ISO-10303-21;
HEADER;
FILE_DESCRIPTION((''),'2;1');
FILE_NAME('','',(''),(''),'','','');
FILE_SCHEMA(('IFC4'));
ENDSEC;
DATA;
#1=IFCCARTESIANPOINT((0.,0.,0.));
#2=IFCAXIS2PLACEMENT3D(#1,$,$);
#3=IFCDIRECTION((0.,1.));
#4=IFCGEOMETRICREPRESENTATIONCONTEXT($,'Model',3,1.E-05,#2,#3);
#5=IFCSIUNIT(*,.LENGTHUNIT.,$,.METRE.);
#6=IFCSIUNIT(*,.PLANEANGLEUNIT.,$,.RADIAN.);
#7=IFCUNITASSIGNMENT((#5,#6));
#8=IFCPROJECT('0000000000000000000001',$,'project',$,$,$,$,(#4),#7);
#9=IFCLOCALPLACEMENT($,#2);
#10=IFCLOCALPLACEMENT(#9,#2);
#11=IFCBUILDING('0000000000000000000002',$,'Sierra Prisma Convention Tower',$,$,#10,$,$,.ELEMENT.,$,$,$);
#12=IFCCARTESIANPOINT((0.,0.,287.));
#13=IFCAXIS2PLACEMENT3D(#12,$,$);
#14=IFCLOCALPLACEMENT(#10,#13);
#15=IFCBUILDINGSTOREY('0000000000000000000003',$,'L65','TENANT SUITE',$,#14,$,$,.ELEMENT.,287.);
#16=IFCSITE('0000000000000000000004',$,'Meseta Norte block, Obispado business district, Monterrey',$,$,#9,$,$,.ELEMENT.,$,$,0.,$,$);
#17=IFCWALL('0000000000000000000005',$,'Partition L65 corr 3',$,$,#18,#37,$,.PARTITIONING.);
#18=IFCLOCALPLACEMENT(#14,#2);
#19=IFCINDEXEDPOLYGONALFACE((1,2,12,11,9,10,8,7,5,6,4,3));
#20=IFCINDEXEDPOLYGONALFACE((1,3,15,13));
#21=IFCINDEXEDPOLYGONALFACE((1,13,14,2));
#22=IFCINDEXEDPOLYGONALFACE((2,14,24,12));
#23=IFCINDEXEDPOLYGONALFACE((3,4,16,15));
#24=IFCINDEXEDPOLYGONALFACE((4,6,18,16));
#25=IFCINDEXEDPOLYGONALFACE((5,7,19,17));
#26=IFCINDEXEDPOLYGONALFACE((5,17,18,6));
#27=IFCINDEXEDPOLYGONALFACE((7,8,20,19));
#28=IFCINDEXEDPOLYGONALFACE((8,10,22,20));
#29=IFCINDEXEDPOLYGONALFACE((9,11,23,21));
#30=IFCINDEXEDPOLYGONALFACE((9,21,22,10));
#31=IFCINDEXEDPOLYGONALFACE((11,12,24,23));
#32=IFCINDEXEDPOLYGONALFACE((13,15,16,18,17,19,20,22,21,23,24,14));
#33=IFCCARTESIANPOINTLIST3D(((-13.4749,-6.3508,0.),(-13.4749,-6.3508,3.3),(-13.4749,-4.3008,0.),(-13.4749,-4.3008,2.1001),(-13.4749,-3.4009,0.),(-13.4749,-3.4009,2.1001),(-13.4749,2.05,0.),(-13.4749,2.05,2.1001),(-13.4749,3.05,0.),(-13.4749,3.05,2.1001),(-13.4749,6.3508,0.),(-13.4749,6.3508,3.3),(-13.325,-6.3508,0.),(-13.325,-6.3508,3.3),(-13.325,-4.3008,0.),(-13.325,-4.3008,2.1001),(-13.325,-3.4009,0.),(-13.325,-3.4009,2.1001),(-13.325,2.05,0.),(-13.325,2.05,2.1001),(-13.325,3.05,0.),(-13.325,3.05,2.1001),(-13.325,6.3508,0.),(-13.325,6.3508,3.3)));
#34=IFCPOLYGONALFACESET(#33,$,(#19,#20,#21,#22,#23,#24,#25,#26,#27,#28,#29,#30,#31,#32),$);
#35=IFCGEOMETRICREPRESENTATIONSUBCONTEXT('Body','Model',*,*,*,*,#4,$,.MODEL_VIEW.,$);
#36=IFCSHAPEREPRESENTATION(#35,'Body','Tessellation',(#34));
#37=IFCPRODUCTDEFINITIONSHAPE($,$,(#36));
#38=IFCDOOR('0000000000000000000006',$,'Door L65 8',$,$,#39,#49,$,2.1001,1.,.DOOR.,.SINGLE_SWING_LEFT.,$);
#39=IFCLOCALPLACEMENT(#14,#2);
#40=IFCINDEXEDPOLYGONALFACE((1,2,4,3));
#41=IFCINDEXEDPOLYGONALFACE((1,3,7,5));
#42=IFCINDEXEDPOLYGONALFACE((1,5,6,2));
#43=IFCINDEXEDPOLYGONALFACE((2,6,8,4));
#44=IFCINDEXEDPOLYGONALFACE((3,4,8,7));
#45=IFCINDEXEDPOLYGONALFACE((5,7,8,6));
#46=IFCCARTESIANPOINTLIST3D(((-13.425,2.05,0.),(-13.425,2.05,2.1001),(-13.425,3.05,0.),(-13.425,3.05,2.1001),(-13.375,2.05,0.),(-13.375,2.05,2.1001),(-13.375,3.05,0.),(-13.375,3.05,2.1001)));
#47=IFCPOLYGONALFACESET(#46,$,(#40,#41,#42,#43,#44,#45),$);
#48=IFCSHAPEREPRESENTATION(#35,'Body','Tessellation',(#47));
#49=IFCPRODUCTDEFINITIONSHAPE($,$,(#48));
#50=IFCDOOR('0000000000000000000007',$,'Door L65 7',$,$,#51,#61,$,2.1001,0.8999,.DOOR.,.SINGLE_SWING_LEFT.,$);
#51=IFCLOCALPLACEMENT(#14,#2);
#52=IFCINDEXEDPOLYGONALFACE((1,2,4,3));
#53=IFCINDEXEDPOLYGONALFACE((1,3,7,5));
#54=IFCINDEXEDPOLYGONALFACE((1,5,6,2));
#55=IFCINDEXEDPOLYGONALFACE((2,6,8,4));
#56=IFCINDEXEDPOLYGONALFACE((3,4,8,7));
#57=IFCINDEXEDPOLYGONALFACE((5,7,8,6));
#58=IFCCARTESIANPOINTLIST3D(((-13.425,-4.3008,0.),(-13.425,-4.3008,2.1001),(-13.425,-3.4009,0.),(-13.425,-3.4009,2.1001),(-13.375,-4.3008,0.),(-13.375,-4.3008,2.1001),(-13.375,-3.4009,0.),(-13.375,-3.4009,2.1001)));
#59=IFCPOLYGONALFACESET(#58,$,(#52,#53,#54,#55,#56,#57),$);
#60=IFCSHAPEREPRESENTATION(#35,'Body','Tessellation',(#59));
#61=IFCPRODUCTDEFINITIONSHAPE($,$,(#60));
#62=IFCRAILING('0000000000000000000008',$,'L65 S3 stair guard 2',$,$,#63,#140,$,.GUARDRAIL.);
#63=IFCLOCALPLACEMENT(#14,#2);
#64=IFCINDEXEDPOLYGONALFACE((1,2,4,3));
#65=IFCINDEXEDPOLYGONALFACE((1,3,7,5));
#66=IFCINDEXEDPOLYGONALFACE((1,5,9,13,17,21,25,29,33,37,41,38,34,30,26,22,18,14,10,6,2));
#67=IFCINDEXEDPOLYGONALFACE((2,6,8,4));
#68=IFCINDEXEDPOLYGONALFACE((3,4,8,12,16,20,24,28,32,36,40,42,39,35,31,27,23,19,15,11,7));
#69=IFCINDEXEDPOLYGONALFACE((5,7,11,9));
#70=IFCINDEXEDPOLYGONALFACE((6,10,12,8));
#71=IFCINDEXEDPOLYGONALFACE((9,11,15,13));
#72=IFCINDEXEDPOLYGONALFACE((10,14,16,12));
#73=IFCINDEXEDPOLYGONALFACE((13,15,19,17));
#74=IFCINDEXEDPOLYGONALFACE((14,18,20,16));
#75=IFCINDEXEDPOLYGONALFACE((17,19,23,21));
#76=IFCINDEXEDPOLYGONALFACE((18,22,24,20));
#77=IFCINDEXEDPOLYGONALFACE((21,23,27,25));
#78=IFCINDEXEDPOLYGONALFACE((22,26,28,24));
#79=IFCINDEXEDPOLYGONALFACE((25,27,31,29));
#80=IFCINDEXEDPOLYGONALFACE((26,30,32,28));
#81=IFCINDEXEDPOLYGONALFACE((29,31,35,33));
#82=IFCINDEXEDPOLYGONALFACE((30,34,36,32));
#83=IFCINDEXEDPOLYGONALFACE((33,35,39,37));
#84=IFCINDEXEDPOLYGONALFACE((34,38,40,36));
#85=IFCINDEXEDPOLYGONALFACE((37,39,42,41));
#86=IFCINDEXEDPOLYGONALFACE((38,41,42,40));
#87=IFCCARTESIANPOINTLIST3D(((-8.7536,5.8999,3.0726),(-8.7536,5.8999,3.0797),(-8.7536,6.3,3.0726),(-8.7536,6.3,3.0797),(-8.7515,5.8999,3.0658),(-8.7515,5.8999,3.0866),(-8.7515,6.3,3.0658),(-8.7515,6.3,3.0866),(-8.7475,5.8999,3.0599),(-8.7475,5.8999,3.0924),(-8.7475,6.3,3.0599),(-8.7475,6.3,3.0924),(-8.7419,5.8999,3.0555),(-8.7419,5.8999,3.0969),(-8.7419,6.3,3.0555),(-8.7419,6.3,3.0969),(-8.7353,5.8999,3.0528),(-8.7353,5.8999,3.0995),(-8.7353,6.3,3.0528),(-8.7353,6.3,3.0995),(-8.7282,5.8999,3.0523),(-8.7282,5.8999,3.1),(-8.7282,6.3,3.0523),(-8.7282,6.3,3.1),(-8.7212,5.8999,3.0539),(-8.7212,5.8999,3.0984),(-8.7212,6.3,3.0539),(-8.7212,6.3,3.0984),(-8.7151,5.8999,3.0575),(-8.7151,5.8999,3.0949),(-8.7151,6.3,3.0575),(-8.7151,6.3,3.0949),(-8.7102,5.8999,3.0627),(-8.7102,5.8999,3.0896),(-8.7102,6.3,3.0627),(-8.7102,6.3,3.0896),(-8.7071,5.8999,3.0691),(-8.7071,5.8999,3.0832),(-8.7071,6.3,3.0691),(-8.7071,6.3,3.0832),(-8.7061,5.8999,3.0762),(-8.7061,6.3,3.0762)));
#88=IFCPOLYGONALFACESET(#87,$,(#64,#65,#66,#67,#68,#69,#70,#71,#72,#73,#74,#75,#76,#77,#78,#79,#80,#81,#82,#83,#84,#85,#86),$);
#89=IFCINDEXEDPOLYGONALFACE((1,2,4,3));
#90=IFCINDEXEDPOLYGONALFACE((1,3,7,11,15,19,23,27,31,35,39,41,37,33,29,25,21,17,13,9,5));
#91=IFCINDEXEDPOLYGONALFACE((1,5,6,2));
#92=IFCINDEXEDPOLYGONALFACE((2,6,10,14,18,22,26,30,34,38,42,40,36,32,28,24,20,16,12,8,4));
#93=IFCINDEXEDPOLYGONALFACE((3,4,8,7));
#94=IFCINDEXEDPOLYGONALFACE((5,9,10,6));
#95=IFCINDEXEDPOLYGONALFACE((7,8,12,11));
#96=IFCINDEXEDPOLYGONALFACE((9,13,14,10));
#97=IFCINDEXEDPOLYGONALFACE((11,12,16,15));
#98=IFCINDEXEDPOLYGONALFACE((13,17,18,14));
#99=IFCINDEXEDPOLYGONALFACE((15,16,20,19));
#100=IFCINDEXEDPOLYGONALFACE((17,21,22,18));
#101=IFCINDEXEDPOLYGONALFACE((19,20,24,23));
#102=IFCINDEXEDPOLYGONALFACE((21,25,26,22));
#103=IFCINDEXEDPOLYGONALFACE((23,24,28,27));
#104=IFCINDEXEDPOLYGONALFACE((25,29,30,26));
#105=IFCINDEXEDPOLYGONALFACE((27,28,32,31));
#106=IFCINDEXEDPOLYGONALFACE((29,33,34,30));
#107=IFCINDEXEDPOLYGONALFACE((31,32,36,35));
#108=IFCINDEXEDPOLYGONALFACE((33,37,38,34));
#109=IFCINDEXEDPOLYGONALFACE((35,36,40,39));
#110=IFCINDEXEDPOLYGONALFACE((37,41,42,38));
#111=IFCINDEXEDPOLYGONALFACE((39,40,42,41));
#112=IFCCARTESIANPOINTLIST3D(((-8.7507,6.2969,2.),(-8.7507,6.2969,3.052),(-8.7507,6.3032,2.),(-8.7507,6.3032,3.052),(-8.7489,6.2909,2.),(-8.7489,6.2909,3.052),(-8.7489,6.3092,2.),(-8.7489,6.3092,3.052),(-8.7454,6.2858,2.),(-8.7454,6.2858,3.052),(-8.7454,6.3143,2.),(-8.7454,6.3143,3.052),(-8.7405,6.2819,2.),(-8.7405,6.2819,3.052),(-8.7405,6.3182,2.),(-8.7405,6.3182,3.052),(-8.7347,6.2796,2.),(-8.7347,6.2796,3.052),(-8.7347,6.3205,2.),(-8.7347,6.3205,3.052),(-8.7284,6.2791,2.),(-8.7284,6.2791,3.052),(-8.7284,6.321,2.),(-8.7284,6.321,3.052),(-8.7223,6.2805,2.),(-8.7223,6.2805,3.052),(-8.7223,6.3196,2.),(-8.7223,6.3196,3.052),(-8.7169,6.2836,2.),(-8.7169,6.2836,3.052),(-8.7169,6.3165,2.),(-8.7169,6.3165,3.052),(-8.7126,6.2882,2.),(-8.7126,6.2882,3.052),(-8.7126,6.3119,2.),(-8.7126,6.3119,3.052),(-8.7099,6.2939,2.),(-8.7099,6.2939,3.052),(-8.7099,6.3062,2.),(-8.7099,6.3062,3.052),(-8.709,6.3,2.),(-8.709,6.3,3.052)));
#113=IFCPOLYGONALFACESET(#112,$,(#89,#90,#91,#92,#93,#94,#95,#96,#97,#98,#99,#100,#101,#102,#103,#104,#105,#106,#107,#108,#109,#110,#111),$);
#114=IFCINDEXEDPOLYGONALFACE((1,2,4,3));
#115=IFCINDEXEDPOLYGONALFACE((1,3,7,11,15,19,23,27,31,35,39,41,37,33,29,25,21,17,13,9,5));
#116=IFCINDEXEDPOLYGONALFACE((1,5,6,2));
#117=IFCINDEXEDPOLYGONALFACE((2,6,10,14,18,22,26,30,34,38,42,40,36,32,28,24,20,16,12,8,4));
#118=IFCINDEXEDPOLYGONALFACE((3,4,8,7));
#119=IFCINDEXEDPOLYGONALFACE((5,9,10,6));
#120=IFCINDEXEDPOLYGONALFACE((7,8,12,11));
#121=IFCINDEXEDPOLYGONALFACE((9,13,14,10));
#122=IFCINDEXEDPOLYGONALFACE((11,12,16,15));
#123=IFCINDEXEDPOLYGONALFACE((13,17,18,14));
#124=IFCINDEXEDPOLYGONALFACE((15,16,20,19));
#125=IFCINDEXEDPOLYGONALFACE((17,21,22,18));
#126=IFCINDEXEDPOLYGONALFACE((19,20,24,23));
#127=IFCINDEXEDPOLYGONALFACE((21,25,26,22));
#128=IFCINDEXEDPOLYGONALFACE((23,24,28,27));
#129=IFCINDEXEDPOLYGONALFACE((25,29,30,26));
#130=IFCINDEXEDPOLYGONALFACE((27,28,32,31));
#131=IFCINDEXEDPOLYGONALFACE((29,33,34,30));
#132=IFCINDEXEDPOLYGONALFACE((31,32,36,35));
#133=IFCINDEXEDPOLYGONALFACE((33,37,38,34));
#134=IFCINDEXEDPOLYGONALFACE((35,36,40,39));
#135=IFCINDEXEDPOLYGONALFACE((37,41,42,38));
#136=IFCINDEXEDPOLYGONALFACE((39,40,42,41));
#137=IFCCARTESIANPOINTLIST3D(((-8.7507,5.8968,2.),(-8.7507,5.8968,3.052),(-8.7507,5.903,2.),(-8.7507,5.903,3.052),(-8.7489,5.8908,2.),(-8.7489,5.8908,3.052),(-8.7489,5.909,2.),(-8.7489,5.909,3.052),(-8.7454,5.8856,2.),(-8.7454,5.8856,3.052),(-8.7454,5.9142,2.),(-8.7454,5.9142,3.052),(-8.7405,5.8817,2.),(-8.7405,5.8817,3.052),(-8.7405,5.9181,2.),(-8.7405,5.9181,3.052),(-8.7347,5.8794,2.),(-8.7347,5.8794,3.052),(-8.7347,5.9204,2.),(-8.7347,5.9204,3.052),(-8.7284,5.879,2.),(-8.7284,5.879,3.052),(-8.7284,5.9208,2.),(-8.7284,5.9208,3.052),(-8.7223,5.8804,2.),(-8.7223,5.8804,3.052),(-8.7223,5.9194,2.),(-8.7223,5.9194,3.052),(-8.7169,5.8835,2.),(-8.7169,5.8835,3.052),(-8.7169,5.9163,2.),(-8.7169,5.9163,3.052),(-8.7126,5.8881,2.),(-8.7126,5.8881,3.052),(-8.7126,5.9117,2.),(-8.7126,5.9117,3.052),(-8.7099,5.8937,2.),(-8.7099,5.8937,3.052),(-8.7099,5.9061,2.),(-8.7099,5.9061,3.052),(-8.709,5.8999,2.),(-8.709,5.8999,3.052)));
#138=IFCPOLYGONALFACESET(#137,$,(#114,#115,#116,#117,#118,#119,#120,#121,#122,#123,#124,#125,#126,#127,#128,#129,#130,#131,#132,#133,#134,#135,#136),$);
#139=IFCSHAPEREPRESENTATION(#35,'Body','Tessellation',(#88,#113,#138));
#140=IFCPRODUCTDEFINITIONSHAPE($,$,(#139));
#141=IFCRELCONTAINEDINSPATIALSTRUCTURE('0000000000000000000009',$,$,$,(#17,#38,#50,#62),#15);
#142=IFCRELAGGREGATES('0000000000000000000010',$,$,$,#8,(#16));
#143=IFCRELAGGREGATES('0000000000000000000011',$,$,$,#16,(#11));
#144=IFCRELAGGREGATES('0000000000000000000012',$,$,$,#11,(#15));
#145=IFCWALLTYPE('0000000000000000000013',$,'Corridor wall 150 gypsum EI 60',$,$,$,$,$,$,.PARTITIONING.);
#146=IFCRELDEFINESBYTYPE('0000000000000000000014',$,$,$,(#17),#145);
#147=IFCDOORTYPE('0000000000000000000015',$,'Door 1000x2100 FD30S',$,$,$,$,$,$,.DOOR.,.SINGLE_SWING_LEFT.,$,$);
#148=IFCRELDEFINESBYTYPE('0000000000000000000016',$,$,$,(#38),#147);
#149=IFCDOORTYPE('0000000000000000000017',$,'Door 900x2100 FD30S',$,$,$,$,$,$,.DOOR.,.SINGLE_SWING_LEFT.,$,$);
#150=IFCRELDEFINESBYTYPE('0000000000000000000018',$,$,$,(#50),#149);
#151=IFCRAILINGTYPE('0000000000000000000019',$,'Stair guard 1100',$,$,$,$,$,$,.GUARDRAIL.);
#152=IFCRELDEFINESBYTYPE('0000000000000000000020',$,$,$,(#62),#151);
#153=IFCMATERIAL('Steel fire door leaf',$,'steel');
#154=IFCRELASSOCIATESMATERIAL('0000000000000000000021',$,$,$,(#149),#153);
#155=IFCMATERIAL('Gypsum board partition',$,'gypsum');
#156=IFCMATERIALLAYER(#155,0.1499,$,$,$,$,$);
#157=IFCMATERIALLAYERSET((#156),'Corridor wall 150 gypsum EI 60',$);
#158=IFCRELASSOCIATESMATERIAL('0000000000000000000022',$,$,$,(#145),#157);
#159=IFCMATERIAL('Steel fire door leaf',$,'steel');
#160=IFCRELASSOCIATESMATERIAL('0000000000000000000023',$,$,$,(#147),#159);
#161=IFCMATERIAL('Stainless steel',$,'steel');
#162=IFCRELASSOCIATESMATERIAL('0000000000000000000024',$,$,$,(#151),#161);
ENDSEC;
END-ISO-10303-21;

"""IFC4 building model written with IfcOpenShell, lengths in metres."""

from ifc_helpers import new_model, si_unit, direction, frame, frame_2d, origin, origin_2d, place, context, subcontext, project, spatial, rectangle, circle, extrude, material, layer, layer_set, type_object, element, fill, save


model = new_model("IFC4")

# Units and contexts
model_context = context("Model", 3, precision=1e-05, world=origin(), true_north=direction((0.0, 1.0)))
body_context = subcontext(model_context, "Body", "Model", "MODEL_VIEW")
ifc_project = project(units=[si_unit("LENGTHUNIT", "METRE"), si_unit("PLANEANGLEUNIT", "RADIAN")], contexts=[model_context])

# Site, building, storey
site_placement = place(None, origin())
site = spatial("IfcSite", under=ifc_project, at=site_placement, Name="Meseta Norte block, Obispado business district, Monterrey", CompositionType="ELEMENT", RefElevation=0.0)
building_placement = place(site_placement, origin())
building = spatial("IfcBuilding", under=site, at=building_placement, Name="Sierra Prisma Convention Tower", CompositionType="ELEMENT")
storey_placement = place(building_placement, frame((0.0, 0.0, 287.0)))
storey = spatial("IfcBuildingStorey", under=building, at=storey_placement, Name="L65", Description="TENANT SUITE", CompositionType="ELEMENT", Elevation=287.0)

# Shared definitions
ifc_material_1 = material(Name="Steel fire door leaf", Category="steel")
door_type_1 = type_object("IfcDoorType", Name="Door 900x2100 FD30S", OperationType="SINGLE_SWING_LEFT", PredefinedType="DOOR", material=ifc_material_1)

# Wall, openings, doors
ifc_material_2 = material(Name="Gypsum board partition", Category="gypsum")
ifc_layer_1 = layer(ifc_material_2, 0.1499)
ifc_layer_set_1 = layer_set([ifc_layer_1], Name="Corridor wall 150 gypsum EI 60")
wall_type_1 = type_object("IfcWallType", Name="Corridor wall 150 gypsum EI 60", PredefinedType="PARTITIONING", material=ifc_layer_set_1)
wall_1_placement = place(storey_placement, frame((-13.3999, 6.3508, 0.0), z_axis=(0.0, 0.0, 1.0), x_axis=(0.0, -1.0, 0.0)))
wall_1 = element("IfcWall", 1, at=wall_1_placement, inside=storey, type_object=wall_type_1, Name="Partition L65 corr 3", PredefinedType="PARTITIONING", context=body_context, shape_type="SweptSolid", body=[
    extrude(rectangle(XDim=12.7017, YDim=0.1499, at=frame_2d((6.3508, 0.0))), origin(), (0.0, 0.0, 1.0), 3.3),
])
opening_1_placement = place(wall_1_placement, frame((9.7517, 0.0, 0.0)))
opening_1 = element("IfcOpeningElement", 2, at=opening_1_placement, cuts=wall_1, PredefinedType="OPENING", context=body_context, shape_type="SweptSolid", body=[
    extrude(rectangle(XDim=0.8999, YDim=2.1001, at=frame_2d((0.45, 1.05))), frame((0.0, 0.075, 0.0), z_axis=(0.0, -1.0, 0.0), x_axis=(1.0, 0.0, 0.0)), (0.0, 0.0, 1.0), 0.1499),
])
opening_2_placement = place(wall_1_placement, frame((3.3008, 0.0, 0.0)))
opening_2 = element("IfcOpeningElement", 3, at=opening_2_placement, cuts=wall_1, PredefinedType="OPENING", context=body_context, shape_type="SweptSolid", body=[
    extrude(rectangle(XDim=1.0, YDim=2.1001, at=frame_2d((0.5, 1.05))), frame((0.0, 0.075, 0.0), z_axis=(0.0, -1.0, 0.0), x_axis=(1.0, 0.0, 0.0)), (0.0, 0.0, 1.0), 0.1499),
])
ifc_material_3 = material(Name="Steel fire door leaf", Category="steel")
door_type_2 = type_object("IfcDoorType", Name="Door 1000x2100 FD30S", OperationType="SINGLE_SWING_LEFT", PredefinedType="DOOR", material=ifc_material_3)
door_1_placement = place(opening_2_placement, origin())
door_1 = element("IfcDoor", 4, at=door_1_placement, inside=storey, type_object=door_type_2, Name="Door L65 8", OperationType="SINGLE_SWING_LEFT", OverallHeight=2.1001, OverallWidth=1.0, PredefinedType="DOOR", context=body_context, shape_type="SweptSolid", body=[
    extrude(rectangle(XDim=1.0, YDim=2.1001, at=frame_2d((0.5, 1.05))), frame((0.0, 0.0249, 0.0), z_axis=(0.0, -1.0, 0.0), x_axis=(1.0, 0.0, 0.0)), (0.0, 0.0, 1.0), 0.05),
])
fill(opening_2, door_1)
door_2_placement = place(opening_1_placement, origin())
door_2 = element("IfcDoor", 5, at=door_2_placement, inside=storey, type_object=door_type_1, Name="Door L65 7", OperationType="SINGLE_SWING_LEFT", OverallHeight=2.1001, OverallWidth=0.8999, PredefinedType="DOOR", context=body_context, shape_type="SweptSolid", body=[
    extrude(rectangle(XDim=0.8999, YDim=2.1001, at=frame_2d((0.45, 1.05))), frame((0.0, 0.0249, 0.0), z_axis=(0.0, -1.0, 0.0), x_axis=(1.0, 0.0, 0.0)), (0.0, 0.0, 1.0), 0.05),
])
fill(opening_1, door_2)

# Railing
ifc_material_4 = material(Name="Stainless steel", Category="steel")
railing_type = type_object("IfcRailingType", Name="Stair guard 1100", PredefinedType="GUARDRAIL", material=ifc_material_4)
railing_placement = place(storey_placement, frame((-8.73, 6.3, 2.0)))
element("IfcRailing", 6, at=railing_placement, inside=storey, type_object=railing_type, Name="L65 S3 stair guard 2", PredefinedType="GUARDRAIL", context=body_context, shape_type="SweptSolid", body=[
    extrude(circle(Radius=0.0239, at=origin_2d()), frame((0.0, 0.0, 1.0762), z_axis=(0.0, -1.0, 0.0), x_axis=(1.0, 0.0, 0.0)), (0.0, 0.0, 1.0), 0.4001),
    extrude(circle(Radius=0.021, at=origin_2d()), origin(), (0.0, 0.0, 1.0), 1.052),
    extrude(circle(Radius=0.021, at=origin_2d()), frame((0.0, -0.4001, 0.0)), (0.0, 0.0, 1.0), 1.052),
])

save(model, "model.ifc")
